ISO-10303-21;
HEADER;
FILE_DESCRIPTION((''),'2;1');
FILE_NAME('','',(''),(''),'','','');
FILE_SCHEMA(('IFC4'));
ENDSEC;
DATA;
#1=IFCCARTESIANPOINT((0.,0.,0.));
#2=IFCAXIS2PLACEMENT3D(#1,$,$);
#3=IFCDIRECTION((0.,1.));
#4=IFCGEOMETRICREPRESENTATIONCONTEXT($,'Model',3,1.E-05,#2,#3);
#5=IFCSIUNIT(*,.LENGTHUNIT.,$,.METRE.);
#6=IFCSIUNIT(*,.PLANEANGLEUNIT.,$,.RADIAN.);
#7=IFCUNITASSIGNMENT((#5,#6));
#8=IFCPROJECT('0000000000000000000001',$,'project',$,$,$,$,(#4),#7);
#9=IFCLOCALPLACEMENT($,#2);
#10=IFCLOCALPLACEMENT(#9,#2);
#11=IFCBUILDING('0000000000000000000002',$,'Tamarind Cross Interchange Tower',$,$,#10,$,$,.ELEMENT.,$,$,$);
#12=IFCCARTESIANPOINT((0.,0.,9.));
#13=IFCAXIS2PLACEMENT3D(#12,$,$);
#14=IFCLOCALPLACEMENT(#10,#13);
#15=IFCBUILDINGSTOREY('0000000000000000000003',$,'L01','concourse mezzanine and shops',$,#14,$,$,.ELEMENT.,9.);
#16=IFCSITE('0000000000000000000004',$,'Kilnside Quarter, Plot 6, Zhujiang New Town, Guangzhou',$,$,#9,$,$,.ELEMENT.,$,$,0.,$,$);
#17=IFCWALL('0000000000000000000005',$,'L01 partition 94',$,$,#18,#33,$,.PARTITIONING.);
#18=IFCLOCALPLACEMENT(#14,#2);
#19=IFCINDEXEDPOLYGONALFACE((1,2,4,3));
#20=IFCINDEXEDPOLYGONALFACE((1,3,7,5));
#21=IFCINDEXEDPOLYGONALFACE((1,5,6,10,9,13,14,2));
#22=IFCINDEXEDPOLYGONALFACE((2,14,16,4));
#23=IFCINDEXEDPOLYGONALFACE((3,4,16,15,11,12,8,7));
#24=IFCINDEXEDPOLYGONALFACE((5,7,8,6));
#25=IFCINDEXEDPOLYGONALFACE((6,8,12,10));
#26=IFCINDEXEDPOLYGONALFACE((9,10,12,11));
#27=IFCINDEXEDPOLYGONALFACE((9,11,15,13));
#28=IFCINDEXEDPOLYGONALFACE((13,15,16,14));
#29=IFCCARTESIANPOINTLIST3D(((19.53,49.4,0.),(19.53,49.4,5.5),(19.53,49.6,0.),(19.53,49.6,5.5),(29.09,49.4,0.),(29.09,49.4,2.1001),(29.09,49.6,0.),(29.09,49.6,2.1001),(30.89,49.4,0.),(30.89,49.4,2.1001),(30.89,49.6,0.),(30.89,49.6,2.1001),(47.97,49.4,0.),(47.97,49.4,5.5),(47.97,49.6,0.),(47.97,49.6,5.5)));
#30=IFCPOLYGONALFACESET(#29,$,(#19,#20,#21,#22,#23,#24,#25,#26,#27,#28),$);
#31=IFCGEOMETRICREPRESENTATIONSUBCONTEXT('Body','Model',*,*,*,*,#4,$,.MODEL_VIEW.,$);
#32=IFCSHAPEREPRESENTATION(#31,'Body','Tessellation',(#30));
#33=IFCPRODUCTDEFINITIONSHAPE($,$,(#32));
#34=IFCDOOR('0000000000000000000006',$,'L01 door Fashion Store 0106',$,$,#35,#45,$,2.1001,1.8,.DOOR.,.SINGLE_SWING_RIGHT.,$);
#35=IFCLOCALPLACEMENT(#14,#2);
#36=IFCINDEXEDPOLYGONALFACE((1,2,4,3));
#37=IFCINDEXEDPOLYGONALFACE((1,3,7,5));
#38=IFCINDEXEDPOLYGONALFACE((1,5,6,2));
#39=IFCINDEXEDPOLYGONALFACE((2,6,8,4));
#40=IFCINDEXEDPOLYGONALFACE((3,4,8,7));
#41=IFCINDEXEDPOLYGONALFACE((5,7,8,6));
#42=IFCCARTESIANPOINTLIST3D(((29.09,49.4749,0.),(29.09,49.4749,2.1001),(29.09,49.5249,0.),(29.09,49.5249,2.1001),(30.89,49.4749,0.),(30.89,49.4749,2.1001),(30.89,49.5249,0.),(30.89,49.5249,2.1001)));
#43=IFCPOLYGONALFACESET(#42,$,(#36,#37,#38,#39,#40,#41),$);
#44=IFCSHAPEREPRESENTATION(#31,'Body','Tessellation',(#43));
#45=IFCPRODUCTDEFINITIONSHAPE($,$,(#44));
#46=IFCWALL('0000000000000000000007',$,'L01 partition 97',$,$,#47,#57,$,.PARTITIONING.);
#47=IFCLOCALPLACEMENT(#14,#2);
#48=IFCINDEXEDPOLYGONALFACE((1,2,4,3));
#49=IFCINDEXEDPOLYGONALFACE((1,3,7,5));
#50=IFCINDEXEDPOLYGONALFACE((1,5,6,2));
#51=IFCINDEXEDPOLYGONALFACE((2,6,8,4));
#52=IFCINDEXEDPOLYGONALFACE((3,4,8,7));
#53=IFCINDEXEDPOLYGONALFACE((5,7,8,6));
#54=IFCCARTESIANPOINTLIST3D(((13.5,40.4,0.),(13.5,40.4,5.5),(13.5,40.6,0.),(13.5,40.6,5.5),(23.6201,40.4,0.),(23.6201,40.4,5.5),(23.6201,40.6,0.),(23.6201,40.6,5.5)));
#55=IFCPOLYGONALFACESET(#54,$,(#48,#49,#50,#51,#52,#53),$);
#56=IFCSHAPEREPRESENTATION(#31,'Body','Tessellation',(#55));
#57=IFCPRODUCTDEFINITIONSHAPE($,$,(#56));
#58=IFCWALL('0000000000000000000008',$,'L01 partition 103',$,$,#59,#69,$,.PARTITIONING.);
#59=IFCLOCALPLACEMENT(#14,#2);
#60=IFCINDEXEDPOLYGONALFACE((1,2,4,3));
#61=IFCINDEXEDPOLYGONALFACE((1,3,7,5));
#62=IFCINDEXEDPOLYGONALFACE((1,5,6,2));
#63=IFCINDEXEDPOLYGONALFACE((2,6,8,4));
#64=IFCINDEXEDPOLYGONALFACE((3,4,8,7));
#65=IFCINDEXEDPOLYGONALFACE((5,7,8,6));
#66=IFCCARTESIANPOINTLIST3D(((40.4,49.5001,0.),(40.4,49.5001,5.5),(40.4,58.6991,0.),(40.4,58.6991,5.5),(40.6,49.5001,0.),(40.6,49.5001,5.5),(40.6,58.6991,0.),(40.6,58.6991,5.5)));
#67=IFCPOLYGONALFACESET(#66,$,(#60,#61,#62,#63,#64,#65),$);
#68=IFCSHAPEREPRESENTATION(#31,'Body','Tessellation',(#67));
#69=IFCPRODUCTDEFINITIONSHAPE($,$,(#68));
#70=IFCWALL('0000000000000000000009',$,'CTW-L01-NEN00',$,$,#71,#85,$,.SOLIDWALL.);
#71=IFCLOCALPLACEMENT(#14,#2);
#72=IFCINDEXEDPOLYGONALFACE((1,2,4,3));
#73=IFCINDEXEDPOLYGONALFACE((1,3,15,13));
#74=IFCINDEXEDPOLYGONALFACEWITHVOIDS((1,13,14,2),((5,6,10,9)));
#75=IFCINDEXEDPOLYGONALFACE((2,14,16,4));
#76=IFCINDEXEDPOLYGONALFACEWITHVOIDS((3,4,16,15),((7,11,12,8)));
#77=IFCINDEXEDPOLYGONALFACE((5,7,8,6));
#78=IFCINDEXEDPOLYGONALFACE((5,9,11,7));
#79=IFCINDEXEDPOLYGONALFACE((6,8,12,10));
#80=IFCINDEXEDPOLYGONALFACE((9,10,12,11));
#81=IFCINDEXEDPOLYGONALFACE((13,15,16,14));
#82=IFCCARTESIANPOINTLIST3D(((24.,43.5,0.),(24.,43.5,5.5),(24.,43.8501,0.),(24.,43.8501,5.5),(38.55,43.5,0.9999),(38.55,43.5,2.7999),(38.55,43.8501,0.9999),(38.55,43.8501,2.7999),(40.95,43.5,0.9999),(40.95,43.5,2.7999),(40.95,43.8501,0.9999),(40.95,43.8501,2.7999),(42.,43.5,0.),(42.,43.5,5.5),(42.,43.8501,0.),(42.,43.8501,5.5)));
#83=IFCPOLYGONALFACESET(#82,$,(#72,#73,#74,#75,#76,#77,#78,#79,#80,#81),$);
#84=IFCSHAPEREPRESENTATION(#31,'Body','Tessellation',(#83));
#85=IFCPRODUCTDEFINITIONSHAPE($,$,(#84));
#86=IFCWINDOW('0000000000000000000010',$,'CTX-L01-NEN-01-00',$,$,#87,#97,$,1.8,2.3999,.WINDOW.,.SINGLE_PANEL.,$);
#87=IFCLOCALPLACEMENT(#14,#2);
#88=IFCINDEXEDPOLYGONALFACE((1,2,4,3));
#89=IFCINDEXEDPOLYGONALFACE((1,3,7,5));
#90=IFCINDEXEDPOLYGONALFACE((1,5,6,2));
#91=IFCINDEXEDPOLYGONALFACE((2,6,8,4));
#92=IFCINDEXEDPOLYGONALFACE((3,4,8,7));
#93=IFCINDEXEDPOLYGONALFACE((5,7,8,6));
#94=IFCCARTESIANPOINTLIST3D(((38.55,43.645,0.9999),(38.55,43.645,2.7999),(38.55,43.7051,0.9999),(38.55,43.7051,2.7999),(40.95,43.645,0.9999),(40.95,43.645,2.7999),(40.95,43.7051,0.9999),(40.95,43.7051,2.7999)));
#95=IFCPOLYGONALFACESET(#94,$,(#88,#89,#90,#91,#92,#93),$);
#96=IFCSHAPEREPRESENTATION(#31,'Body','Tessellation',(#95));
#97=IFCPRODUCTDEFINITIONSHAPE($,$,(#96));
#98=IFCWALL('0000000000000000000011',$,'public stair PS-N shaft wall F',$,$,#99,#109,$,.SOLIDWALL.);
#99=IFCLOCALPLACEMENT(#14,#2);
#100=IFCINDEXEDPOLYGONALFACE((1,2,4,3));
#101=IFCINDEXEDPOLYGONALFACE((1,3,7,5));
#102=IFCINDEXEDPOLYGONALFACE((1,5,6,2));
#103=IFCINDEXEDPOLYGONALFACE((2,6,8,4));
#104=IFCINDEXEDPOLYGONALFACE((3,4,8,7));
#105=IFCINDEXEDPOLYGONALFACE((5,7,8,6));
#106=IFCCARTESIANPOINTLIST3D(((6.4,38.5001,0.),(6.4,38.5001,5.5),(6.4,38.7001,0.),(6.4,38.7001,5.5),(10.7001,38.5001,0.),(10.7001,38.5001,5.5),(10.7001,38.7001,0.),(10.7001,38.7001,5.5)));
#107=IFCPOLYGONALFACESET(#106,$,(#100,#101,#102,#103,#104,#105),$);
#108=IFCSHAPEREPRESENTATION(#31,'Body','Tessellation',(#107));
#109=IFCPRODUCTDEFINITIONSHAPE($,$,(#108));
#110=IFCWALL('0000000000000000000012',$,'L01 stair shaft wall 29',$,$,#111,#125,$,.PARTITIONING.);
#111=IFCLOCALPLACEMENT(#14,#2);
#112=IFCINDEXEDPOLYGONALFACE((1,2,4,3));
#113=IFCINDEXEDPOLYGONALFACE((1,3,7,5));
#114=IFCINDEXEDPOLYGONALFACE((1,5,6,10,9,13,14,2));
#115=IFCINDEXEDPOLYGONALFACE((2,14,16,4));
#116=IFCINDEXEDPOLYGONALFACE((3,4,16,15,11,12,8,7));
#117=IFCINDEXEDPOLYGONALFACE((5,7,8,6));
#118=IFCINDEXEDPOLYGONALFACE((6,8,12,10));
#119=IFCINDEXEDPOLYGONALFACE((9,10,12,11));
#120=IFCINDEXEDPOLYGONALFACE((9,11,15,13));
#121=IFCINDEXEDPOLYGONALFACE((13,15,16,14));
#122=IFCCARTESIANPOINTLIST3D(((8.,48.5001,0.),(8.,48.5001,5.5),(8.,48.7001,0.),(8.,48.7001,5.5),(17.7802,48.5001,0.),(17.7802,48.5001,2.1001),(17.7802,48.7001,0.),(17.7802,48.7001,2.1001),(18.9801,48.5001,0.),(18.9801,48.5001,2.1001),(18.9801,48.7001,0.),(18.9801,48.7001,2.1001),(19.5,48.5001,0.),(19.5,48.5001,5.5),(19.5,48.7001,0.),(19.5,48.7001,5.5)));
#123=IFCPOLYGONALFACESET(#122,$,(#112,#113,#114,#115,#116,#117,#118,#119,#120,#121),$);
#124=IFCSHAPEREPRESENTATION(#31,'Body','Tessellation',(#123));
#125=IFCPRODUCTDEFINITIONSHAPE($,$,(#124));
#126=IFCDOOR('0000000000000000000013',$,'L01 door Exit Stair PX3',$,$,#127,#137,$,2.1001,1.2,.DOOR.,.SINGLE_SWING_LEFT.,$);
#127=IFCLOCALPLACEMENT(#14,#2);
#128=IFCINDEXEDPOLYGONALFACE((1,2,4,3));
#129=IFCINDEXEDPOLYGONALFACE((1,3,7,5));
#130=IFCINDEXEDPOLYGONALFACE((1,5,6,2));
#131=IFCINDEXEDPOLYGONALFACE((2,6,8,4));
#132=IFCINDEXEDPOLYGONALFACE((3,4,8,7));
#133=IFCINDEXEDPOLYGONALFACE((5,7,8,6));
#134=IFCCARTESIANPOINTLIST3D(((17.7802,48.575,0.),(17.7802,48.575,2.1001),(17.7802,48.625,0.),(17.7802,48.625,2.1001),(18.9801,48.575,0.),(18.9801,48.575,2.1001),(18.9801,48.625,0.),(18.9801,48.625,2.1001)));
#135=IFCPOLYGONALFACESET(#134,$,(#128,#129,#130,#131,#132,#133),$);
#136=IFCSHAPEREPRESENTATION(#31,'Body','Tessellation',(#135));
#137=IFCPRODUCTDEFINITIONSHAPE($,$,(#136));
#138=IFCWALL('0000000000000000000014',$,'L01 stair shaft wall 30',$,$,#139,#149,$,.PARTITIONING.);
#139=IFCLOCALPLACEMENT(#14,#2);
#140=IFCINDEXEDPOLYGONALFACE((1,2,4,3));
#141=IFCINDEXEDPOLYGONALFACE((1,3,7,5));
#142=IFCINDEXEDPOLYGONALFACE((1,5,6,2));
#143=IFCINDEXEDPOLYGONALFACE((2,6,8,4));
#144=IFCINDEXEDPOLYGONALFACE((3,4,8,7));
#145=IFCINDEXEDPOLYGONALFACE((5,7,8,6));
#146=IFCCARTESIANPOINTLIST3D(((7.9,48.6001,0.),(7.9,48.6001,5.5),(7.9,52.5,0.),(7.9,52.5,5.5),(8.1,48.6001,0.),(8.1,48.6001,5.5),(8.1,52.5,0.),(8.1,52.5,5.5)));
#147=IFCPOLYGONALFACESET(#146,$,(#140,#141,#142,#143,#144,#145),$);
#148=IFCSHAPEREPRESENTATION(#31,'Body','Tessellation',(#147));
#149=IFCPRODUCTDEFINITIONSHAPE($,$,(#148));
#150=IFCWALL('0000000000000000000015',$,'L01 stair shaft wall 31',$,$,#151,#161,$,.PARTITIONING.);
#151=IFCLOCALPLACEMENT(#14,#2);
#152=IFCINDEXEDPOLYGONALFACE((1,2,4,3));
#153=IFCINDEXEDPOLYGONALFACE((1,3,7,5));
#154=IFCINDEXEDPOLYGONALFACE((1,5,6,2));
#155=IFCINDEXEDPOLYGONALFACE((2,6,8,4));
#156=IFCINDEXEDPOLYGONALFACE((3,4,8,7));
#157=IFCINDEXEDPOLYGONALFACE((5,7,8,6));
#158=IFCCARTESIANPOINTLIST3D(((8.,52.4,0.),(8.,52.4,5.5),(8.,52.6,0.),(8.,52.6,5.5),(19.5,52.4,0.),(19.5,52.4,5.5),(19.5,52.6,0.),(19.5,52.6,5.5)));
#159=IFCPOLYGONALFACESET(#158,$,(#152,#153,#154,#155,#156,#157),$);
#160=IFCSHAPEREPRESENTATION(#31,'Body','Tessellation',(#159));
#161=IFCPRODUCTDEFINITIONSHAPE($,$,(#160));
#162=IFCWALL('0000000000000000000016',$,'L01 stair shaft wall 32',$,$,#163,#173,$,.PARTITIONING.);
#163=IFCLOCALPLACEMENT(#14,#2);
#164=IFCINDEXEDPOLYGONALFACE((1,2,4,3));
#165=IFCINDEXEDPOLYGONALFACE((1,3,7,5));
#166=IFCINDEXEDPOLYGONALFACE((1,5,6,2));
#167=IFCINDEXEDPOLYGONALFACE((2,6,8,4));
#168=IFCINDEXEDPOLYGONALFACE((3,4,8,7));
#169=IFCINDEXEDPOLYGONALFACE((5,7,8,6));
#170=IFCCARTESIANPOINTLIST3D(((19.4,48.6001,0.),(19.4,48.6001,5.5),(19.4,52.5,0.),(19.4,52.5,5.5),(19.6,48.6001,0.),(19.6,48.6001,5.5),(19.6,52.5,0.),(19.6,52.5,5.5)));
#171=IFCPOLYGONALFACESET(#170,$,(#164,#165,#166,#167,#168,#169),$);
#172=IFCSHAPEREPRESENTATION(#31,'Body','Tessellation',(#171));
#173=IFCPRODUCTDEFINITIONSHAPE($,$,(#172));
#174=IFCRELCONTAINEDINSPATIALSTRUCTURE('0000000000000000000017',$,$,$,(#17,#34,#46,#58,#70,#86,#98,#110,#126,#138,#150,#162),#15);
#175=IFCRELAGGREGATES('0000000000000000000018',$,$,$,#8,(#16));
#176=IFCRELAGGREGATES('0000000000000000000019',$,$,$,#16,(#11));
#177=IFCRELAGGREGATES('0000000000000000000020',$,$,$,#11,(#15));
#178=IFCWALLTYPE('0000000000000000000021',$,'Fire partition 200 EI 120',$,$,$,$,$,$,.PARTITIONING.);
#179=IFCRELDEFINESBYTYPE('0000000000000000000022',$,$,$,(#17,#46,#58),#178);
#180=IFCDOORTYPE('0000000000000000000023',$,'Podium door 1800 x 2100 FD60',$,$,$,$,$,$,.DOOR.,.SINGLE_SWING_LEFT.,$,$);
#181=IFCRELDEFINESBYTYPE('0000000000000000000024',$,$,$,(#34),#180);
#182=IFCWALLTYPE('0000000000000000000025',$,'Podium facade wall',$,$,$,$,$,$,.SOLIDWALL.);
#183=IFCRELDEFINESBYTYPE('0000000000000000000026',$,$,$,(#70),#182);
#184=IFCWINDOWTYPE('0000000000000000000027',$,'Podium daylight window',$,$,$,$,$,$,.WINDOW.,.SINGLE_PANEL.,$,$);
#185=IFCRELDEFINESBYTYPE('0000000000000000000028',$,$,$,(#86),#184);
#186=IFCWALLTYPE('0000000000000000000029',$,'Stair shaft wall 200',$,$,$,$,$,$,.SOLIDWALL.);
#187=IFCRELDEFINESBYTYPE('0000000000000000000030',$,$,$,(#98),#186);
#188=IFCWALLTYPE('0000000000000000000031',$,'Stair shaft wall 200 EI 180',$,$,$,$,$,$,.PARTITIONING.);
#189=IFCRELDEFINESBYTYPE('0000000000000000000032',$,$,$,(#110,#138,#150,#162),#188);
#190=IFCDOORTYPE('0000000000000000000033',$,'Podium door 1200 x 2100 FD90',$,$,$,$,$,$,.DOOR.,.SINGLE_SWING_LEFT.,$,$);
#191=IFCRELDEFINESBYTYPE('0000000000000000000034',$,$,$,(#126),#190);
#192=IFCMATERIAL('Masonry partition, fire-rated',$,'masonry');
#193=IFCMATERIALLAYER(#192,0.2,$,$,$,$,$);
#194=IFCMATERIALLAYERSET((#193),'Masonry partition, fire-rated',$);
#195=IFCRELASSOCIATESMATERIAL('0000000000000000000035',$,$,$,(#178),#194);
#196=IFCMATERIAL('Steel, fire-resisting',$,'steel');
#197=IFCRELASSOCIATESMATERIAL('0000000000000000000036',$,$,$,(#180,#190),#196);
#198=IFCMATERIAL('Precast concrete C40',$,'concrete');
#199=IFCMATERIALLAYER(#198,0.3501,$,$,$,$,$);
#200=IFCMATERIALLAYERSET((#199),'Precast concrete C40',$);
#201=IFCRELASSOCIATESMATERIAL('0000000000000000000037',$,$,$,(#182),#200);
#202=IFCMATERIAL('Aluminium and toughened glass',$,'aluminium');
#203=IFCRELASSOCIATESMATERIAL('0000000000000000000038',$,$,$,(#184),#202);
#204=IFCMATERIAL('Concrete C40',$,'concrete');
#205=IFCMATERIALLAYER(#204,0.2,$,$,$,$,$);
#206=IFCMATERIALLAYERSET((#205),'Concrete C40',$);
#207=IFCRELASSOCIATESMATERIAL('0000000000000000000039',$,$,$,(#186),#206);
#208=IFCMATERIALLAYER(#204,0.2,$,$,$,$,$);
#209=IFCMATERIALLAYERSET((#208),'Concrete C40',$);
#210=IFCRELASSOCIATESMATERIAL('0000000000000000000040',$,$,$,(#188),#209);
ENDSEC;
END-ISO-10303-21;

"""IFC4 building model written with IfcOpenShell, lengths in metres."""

from ifc_helpers import new_model, si_unit, direction, frame, frame_2d, origin, place, context, subcontext, project, spatial, rectangle, extrude, material, layer, layer_set, type_object, element, fill, save


model = new_model("IFC4")

# Units and contexts
model_context = context("Model", 3, precision=1e-05, world=origin(), true_north=direction((0.0, 1.0)))
body_context = subcontext(model_context, "Body", "Model", "MODEL_VIEW")
ifc_project = project(units=[si_unit("LENGTHUNIT", "METRE"), si_unit("PLANEANGLEUNIT", "RADIAN")], contexts=[model_context])

# Site, building, storey
site_placement = place(None, origin())
site = spatial("IfcSite", under=ifc_project, at=site_placement, Name="Kilnside Quarter, Plot 6, Zhujiang New Town, Guangzhou", CompositionType="ELEMENT", RefElevation=0.0)
building_placement = place(site_placement, origin())
building = spatial("IfcBuilding", under=site, at=building_placement, Name="Tamarind Cross Interchange Tower", CompositionType="ELEMENT")
storey_placement = place(building_placement, frame((0.0, 0.0, 9.0)))
storey = spatial("IfcBuildingStorey", under=building, at=storey_placement, Name="L01", Description="concourse mezzanine and shops", CompositionType="ELEMENT", Elevation=9.0)

# Shared definitions
ifc_material_1 = material(Name="Masonry partition, fire-rated", Category="masonry")
ifc_layer_1 = layer(ifc_material_1, 0.2)
ifc_layer_set_1 = layer_set([ifc_layer_1], Name="Masonry partition, fire-rated")
wall_type_1 = type_object("IfcWallType", Name="Fire partition 200 EI 120", PredefinedType="PARTITIONING", material=ifc_layer_set_1)

# Wall, opening, door
wall_1_placement = place(storey_placement, frame((19.53, 49.5, 0.0), z_axis=(0.0, 0.0, 1.0), x_axis=(1.0, 0.0, 0.0)))
wall_1 = element("IfcWall", 1, at=wall_1_placement, inside=storey, type_object=wall_type_1, Name="L01 partition 94", PredefinedType="PARTITIONING", context=body_context, shape_type="SweptSolid", body=[
    extrude(rectangle(XDim=28.4399, YDim=0.2, at=frame_2d((14.22, 0.0))), origin(), (0.0, 0.0, 1.0), 5.5),
])
opening_1_placement = place(wall_1_placement, frame((9.5601, 0.0, 0.0)))
opening_1 = element("IfcOpeningElement", 2, at=opening_1_placement, cuts=wall_1, PredefinedType="OPENING", context=body_context, shape_type="SweptSolid", body=[
    extrude(rectangle(XDim=1.8, YDim=2.1001, at=frame_2d((0.8999, 1.05))), frame((0.0, 0.1099, 0.0), z_axis=(0.0, -1.0, 0.0), x_axis=(1.0, 0.0, 0.0)), (0.0, 0.0, 1.0), 0.22),
])
ifc_material_2 = material(Name="Steel, fire-resisting", Category="steel")
door_type_1 = type_object("IfcDoorType", Name="Podium door 1800 x 2100 FD60", OperationType="SINGLE_SWING_LEFT", PredefinedType="DOOR", material=ifc_material_2)
door_1_placement = place(opening_1_placement, origin())
door_1 = element("IfcDoor", 3, at=door_1_placement, inside=storey, type_object=door_type_1, Name="L01 door Fashion Store 0106", OperationType="SINGLE_SWING_RIGHT", OverallHeight=2.1001, OverallWidth=1.8, PredefinedType="DOOR", context=body_context, shape_type="SweptSolid", body=[
    extrude(rectangle(XDim=1.8, YDim=2.1001, at=frame_2d((0.8999, 1.05))), frame((0.0, 0.0249, 0.0), z_axis=(0.0, -1.0, 0.0), x_axis=(1.0, 0.0, 0.0)), (0.0, 0.0, 1.0), 0.05),
])
fill(opening_1, door_1)

# Walls
wall_2_placement = place(storey_placement, frame((13.5, 40.5, 0.0), z_axis=(0.0, 0.0, 1.0), x_axis=(1.0, 0.0, 0.0)))
element("IfcWall", 4, at=wall_2_placement, inside=storey, type_object=wall_type_1, Name="L01 partition 97", PredefinedType="PARTITIONING", context=body_context, shape_type="SweptSolid", body=[
    extrude(rectangle(XDim=10.1201, YDim=0.2, at=frame_2d((5.0601, 0.0))), origin(), (0.0, 0.0, 1.0), 5.5),
])
wall_3_placement = place(storey_placement, frame((40.5, 49.5, 0.0), z_axis=(0.0, 0.0, 1.0), x_axis=(0.0, 1.0, 0.0)))
element("IfcWall", 5, at=wall_3_placement, inside=storey, type_object=wall_type_1, Name="L01 partition 103", PredefinedType="PARTITIONING", context=body_context, shape_type="SweptSolid", body=[
    extrude(rectangle(XDim=9.199, YDim=0.2, at=frame_2d((4.5996, 0.0))), origin(), (0.0, 0.0, 1.0), 5.5),
])

# Wall, opening, window
ifc_material_3 = material(Name="Precast concrete C40", Category="concrete")
ifc_layer_2 = layer(ifc_material_3, 0.3501)
ifc_layer_set_2 = layer_set([ifc_layer_2], Name="Precast concrete C40")
wall_type_2 = type_object("IfcWallType", Name="Podium facade wall", PredefinedType="SOLIDWALL", material=ifc_layer_set_2)
wall_4_placement = place(storey_placement, frame((24.0, 43.675, 0.0), z_axis=(0.0, 0.0, 1.0), x_axis=(1.0, 0.0, 0.0)))
wall_4 = element("IfcWall", 6, at=wall_4_placement, inside=storey, type_object=wall_type_2, Name="CTW-L01-NEN00", PredefinedType="SOLIDWALL", context=body_context, shape_type="SweptSolid", body=[
    extrude(rectangle(XDim=18.0, YDim=0.3501, at=frame_2d((9.0, 0.0))), origin(), (0.0, 0.0, 1.0), 5.5),
])
opening_2_placement = place(wall_4_placement, frame((14.55, 0.0, 1.0)))
opening_2 = element("IfcOpeningElement", 7, at=opening_2_placement, cuts=wall_4, PredefinedType="OPENING", context=body_context, shape_type="SweptSolid", body=[
    extrude(rectangle(XDim=2.3999, YDim=1.8, at=frame_2d((1.2, 0.8999))), frame((0.0, 0.1851, 0.0), z_axis=(0.0, -1.0, 0.0), x_axis=(1.0, 0.0, 0.0)), (0.0, 0.0, 1.0), 0.3701),
])
ifc_material_4 = material(Name="Aluminium and toughened glass", Category="aluminium")
window_type = type_object("IfcWindowType", Name="Podium daylight window", PartitioningType="SINGLE_PANEL", PredefinedType="WINDOW", material=ifc_material_4)
window_placement = place(opening_2_placement, origin())
window = element("IfcWindow", 8, at=window_placement, inside=storey, type_object=window_type, Name="CTX-L01-NEN-01-00", OverallHeight=1.8, OverallWidth=2.3999, PartitioningType="SINGLE_PANEL", PredefinedType="WINDOW", context=body_context, shape_type="SweptSolid", body=[
    extrude(rectangle(XDim=2.3999, YDim=1.8, at=frame_2d((1.2, 0.8999))), frame((0.0, 0.03, 0.0), z_axis=(0.0, -1.0, 0.0), x_axis=(1.0, 0.0, 0.0)), (0.0, 0.0, 1.0), 0.0601),
])
fill(opening_2, window)

# Wall
ifc_material_5 = material(Name="Concrete C40", Category="concrete")
ifc_layer_3 = layer(ifc_material_5, 0.2)
ifc_layer_set_3 = layer_set([ifc_layer_3], Name="Concrete C40")
wall_type_3 = type_object("IfcWallType", Name="Stair shaft wall 200", PredefinedType="SOLIDWALL", material=ifc_layer_set_3)
wall_5_placement = place(storey_placement, frame((10.7, 38.6001, 0.0), z_axis=(0.0, 0.0, 1.0), x_axis=(-1.0, 0.0, 0.0)))
element("IfcWall", 9, at=wall_5_placement, inside=storey, type_object=wall_type_3, Name="public stair PS-N shaft wall F", PredefinedType="SOLIDWALL", context=body_context, shape_type="SweptSolid", body=[
    extrude(rectangle(XDim=4.3, YDim=0.2, at=frame_2d((2.1499, 0.0))), origin(), (0.0, 0.0, 1.0), 5.5),
])

# Wall, opening, door
ifc_layer_4 = layer(ifc_material_5, 0.2)
ifc_layer_set_4 = layer_set([ifc_layer_4], Name="Concrete C40")
wall_type_4 = type_object("IfcWallType", Name="Stair shaft wall 200 EI 180", PredefinedType="PARTITIONING", material=ifc_layer_set_4)
wall_6_placement = place(storey_placement, frame((8.0, 48.6001, 0.0), z_axis=(0.0, 0.0, 1.0), x_axis=(1.0, 0.0, 0.0)))
wall_6 = element("IfcWall", 10, at=wall_6_placement, inside=storey, type_object=wall_type_4, Name="L01 stair shaft wall 29", PredefinedType="PARTITIONING", context=body_context, shape_type="SweptSolid", body=[
    extrude(rectangle(XDim=11.5, YDim=0.2, at=frame_2d((5.75, 0.0))), origin(), (0.0, 0.0, 1.0), 5.5),
])
opening_3_placement = place(wall_6_placement, frame((9.78, 0.0, 0.0)))
opening_3 = element("IfcOpeningElement", 11, at=opening_3_placement, cuts=wall_6, PredefinedType="OPENING", context=body_context, shape_type="SweptSolid", body=[
    extrude(rectangle(XDim=1.2, YDim=2.1001, at=frame_2d((0.6001, 1.05))), frame((0.0, 0.1099, 0.0), z_axis=(0.0, -1.0, 0.0), x_axis=(1.0, 0.0, 0.0)), (0.0, 0.0, 1.0), 0.22),
])
door_type_2 = type_object("IfcDoorType", Name="Podium door 1200 x 2100 FD90", OperationType="SINGLE_SWING_LEFT", PredefinedType="DOOR", material=ifc_material_2)
door_2_placement = place(opening_3_placement, origin())
door_2 = element("IfcDoor", 12, at=door_2_placement, inside=storey, type_object=door_type_2, Name="L01 door Exit Stair PX3", OperationType="SINGLE_SWING_LEFT", OverallHeight=2.1001, OverallWidth=1.2, PredefinedType="DOOR", context=body_context, shape_type="SweptSolid", body=[
    extrude(rectangle(XDim=1.2, YDim=2.1001, at=frame_2d((0.6001, 1.05))), frame((0.0, 0.0249, 0.0), z_axis=(0.0, -1.0, 0.0), x_axis=(1.0, 0.0, 0.0)), (0.0, 0.0, 1.0), 0.05),
])
fill(opening_3, door_2)

# Walls
wall_7_placement = place(storey_placement, frame((8.0, 48.6001, 0.0), z_axis=(0.0, 0.0, 1.0), x_axis=(0.0, 1.0, 0.0)))
element("IfcWall", 13, at=wall_7_placement, inside=storey, type_object=wall_type_4, Name="L01 stair shaft wall 30", PredefinedType="PARTITIONING", context=body_context, shape_type="SweptSolid", body=[
    extrude(rectangle(XDim=3.8999, YDim=0.2, at=frame_2d((1.95, 0.0))), origin(), (0.0, 0.0, 1.0), 5.5),
])
wall_8_placement = place(storey_placement, frame((8.0, 52.5, 0.0), z_axis=(0.0, 0.0, 1.0), x_axis=(1.0, 0.0, 0.0)))
element("IfcWall", 14, at=wall_8_placement, inside=storey, type_object=wall_type_4, Name="L01 stair shaft wall 31", PredefinedType="PARTITIONING", context=body_context, shape_type="SweptSolid", body=[
    extrude(rectangle(XDim=11.5, YDim=0.2, at=frame_2d((5.75, 0.0))), origin(), (0.0, 0.0, 1.0), 5.5),
])
wall_9_placement = place(storey_placement, frame((19.5, 48.6001, 0.0), z_axis=(0.0, 0.0, 1.0), x_axis=(0.0, 1.0, 0.0)))
element("IfcWall", 15, at=wall_9_placement, inside=storey, type_object=wall_type_4, Name="L01 stair shaft wall 32", PredefinedType="PARTITIONING", context=body_context, shape_type="SweptSolid", body=[
    extrude(rectangle(XDim=3.8999, YDim=0.2, at=frame_2d((1.95, 0.0))), origin(), (0.0, 0.0, 1.0), 5.5),
])

save(model, "model.ifc")
